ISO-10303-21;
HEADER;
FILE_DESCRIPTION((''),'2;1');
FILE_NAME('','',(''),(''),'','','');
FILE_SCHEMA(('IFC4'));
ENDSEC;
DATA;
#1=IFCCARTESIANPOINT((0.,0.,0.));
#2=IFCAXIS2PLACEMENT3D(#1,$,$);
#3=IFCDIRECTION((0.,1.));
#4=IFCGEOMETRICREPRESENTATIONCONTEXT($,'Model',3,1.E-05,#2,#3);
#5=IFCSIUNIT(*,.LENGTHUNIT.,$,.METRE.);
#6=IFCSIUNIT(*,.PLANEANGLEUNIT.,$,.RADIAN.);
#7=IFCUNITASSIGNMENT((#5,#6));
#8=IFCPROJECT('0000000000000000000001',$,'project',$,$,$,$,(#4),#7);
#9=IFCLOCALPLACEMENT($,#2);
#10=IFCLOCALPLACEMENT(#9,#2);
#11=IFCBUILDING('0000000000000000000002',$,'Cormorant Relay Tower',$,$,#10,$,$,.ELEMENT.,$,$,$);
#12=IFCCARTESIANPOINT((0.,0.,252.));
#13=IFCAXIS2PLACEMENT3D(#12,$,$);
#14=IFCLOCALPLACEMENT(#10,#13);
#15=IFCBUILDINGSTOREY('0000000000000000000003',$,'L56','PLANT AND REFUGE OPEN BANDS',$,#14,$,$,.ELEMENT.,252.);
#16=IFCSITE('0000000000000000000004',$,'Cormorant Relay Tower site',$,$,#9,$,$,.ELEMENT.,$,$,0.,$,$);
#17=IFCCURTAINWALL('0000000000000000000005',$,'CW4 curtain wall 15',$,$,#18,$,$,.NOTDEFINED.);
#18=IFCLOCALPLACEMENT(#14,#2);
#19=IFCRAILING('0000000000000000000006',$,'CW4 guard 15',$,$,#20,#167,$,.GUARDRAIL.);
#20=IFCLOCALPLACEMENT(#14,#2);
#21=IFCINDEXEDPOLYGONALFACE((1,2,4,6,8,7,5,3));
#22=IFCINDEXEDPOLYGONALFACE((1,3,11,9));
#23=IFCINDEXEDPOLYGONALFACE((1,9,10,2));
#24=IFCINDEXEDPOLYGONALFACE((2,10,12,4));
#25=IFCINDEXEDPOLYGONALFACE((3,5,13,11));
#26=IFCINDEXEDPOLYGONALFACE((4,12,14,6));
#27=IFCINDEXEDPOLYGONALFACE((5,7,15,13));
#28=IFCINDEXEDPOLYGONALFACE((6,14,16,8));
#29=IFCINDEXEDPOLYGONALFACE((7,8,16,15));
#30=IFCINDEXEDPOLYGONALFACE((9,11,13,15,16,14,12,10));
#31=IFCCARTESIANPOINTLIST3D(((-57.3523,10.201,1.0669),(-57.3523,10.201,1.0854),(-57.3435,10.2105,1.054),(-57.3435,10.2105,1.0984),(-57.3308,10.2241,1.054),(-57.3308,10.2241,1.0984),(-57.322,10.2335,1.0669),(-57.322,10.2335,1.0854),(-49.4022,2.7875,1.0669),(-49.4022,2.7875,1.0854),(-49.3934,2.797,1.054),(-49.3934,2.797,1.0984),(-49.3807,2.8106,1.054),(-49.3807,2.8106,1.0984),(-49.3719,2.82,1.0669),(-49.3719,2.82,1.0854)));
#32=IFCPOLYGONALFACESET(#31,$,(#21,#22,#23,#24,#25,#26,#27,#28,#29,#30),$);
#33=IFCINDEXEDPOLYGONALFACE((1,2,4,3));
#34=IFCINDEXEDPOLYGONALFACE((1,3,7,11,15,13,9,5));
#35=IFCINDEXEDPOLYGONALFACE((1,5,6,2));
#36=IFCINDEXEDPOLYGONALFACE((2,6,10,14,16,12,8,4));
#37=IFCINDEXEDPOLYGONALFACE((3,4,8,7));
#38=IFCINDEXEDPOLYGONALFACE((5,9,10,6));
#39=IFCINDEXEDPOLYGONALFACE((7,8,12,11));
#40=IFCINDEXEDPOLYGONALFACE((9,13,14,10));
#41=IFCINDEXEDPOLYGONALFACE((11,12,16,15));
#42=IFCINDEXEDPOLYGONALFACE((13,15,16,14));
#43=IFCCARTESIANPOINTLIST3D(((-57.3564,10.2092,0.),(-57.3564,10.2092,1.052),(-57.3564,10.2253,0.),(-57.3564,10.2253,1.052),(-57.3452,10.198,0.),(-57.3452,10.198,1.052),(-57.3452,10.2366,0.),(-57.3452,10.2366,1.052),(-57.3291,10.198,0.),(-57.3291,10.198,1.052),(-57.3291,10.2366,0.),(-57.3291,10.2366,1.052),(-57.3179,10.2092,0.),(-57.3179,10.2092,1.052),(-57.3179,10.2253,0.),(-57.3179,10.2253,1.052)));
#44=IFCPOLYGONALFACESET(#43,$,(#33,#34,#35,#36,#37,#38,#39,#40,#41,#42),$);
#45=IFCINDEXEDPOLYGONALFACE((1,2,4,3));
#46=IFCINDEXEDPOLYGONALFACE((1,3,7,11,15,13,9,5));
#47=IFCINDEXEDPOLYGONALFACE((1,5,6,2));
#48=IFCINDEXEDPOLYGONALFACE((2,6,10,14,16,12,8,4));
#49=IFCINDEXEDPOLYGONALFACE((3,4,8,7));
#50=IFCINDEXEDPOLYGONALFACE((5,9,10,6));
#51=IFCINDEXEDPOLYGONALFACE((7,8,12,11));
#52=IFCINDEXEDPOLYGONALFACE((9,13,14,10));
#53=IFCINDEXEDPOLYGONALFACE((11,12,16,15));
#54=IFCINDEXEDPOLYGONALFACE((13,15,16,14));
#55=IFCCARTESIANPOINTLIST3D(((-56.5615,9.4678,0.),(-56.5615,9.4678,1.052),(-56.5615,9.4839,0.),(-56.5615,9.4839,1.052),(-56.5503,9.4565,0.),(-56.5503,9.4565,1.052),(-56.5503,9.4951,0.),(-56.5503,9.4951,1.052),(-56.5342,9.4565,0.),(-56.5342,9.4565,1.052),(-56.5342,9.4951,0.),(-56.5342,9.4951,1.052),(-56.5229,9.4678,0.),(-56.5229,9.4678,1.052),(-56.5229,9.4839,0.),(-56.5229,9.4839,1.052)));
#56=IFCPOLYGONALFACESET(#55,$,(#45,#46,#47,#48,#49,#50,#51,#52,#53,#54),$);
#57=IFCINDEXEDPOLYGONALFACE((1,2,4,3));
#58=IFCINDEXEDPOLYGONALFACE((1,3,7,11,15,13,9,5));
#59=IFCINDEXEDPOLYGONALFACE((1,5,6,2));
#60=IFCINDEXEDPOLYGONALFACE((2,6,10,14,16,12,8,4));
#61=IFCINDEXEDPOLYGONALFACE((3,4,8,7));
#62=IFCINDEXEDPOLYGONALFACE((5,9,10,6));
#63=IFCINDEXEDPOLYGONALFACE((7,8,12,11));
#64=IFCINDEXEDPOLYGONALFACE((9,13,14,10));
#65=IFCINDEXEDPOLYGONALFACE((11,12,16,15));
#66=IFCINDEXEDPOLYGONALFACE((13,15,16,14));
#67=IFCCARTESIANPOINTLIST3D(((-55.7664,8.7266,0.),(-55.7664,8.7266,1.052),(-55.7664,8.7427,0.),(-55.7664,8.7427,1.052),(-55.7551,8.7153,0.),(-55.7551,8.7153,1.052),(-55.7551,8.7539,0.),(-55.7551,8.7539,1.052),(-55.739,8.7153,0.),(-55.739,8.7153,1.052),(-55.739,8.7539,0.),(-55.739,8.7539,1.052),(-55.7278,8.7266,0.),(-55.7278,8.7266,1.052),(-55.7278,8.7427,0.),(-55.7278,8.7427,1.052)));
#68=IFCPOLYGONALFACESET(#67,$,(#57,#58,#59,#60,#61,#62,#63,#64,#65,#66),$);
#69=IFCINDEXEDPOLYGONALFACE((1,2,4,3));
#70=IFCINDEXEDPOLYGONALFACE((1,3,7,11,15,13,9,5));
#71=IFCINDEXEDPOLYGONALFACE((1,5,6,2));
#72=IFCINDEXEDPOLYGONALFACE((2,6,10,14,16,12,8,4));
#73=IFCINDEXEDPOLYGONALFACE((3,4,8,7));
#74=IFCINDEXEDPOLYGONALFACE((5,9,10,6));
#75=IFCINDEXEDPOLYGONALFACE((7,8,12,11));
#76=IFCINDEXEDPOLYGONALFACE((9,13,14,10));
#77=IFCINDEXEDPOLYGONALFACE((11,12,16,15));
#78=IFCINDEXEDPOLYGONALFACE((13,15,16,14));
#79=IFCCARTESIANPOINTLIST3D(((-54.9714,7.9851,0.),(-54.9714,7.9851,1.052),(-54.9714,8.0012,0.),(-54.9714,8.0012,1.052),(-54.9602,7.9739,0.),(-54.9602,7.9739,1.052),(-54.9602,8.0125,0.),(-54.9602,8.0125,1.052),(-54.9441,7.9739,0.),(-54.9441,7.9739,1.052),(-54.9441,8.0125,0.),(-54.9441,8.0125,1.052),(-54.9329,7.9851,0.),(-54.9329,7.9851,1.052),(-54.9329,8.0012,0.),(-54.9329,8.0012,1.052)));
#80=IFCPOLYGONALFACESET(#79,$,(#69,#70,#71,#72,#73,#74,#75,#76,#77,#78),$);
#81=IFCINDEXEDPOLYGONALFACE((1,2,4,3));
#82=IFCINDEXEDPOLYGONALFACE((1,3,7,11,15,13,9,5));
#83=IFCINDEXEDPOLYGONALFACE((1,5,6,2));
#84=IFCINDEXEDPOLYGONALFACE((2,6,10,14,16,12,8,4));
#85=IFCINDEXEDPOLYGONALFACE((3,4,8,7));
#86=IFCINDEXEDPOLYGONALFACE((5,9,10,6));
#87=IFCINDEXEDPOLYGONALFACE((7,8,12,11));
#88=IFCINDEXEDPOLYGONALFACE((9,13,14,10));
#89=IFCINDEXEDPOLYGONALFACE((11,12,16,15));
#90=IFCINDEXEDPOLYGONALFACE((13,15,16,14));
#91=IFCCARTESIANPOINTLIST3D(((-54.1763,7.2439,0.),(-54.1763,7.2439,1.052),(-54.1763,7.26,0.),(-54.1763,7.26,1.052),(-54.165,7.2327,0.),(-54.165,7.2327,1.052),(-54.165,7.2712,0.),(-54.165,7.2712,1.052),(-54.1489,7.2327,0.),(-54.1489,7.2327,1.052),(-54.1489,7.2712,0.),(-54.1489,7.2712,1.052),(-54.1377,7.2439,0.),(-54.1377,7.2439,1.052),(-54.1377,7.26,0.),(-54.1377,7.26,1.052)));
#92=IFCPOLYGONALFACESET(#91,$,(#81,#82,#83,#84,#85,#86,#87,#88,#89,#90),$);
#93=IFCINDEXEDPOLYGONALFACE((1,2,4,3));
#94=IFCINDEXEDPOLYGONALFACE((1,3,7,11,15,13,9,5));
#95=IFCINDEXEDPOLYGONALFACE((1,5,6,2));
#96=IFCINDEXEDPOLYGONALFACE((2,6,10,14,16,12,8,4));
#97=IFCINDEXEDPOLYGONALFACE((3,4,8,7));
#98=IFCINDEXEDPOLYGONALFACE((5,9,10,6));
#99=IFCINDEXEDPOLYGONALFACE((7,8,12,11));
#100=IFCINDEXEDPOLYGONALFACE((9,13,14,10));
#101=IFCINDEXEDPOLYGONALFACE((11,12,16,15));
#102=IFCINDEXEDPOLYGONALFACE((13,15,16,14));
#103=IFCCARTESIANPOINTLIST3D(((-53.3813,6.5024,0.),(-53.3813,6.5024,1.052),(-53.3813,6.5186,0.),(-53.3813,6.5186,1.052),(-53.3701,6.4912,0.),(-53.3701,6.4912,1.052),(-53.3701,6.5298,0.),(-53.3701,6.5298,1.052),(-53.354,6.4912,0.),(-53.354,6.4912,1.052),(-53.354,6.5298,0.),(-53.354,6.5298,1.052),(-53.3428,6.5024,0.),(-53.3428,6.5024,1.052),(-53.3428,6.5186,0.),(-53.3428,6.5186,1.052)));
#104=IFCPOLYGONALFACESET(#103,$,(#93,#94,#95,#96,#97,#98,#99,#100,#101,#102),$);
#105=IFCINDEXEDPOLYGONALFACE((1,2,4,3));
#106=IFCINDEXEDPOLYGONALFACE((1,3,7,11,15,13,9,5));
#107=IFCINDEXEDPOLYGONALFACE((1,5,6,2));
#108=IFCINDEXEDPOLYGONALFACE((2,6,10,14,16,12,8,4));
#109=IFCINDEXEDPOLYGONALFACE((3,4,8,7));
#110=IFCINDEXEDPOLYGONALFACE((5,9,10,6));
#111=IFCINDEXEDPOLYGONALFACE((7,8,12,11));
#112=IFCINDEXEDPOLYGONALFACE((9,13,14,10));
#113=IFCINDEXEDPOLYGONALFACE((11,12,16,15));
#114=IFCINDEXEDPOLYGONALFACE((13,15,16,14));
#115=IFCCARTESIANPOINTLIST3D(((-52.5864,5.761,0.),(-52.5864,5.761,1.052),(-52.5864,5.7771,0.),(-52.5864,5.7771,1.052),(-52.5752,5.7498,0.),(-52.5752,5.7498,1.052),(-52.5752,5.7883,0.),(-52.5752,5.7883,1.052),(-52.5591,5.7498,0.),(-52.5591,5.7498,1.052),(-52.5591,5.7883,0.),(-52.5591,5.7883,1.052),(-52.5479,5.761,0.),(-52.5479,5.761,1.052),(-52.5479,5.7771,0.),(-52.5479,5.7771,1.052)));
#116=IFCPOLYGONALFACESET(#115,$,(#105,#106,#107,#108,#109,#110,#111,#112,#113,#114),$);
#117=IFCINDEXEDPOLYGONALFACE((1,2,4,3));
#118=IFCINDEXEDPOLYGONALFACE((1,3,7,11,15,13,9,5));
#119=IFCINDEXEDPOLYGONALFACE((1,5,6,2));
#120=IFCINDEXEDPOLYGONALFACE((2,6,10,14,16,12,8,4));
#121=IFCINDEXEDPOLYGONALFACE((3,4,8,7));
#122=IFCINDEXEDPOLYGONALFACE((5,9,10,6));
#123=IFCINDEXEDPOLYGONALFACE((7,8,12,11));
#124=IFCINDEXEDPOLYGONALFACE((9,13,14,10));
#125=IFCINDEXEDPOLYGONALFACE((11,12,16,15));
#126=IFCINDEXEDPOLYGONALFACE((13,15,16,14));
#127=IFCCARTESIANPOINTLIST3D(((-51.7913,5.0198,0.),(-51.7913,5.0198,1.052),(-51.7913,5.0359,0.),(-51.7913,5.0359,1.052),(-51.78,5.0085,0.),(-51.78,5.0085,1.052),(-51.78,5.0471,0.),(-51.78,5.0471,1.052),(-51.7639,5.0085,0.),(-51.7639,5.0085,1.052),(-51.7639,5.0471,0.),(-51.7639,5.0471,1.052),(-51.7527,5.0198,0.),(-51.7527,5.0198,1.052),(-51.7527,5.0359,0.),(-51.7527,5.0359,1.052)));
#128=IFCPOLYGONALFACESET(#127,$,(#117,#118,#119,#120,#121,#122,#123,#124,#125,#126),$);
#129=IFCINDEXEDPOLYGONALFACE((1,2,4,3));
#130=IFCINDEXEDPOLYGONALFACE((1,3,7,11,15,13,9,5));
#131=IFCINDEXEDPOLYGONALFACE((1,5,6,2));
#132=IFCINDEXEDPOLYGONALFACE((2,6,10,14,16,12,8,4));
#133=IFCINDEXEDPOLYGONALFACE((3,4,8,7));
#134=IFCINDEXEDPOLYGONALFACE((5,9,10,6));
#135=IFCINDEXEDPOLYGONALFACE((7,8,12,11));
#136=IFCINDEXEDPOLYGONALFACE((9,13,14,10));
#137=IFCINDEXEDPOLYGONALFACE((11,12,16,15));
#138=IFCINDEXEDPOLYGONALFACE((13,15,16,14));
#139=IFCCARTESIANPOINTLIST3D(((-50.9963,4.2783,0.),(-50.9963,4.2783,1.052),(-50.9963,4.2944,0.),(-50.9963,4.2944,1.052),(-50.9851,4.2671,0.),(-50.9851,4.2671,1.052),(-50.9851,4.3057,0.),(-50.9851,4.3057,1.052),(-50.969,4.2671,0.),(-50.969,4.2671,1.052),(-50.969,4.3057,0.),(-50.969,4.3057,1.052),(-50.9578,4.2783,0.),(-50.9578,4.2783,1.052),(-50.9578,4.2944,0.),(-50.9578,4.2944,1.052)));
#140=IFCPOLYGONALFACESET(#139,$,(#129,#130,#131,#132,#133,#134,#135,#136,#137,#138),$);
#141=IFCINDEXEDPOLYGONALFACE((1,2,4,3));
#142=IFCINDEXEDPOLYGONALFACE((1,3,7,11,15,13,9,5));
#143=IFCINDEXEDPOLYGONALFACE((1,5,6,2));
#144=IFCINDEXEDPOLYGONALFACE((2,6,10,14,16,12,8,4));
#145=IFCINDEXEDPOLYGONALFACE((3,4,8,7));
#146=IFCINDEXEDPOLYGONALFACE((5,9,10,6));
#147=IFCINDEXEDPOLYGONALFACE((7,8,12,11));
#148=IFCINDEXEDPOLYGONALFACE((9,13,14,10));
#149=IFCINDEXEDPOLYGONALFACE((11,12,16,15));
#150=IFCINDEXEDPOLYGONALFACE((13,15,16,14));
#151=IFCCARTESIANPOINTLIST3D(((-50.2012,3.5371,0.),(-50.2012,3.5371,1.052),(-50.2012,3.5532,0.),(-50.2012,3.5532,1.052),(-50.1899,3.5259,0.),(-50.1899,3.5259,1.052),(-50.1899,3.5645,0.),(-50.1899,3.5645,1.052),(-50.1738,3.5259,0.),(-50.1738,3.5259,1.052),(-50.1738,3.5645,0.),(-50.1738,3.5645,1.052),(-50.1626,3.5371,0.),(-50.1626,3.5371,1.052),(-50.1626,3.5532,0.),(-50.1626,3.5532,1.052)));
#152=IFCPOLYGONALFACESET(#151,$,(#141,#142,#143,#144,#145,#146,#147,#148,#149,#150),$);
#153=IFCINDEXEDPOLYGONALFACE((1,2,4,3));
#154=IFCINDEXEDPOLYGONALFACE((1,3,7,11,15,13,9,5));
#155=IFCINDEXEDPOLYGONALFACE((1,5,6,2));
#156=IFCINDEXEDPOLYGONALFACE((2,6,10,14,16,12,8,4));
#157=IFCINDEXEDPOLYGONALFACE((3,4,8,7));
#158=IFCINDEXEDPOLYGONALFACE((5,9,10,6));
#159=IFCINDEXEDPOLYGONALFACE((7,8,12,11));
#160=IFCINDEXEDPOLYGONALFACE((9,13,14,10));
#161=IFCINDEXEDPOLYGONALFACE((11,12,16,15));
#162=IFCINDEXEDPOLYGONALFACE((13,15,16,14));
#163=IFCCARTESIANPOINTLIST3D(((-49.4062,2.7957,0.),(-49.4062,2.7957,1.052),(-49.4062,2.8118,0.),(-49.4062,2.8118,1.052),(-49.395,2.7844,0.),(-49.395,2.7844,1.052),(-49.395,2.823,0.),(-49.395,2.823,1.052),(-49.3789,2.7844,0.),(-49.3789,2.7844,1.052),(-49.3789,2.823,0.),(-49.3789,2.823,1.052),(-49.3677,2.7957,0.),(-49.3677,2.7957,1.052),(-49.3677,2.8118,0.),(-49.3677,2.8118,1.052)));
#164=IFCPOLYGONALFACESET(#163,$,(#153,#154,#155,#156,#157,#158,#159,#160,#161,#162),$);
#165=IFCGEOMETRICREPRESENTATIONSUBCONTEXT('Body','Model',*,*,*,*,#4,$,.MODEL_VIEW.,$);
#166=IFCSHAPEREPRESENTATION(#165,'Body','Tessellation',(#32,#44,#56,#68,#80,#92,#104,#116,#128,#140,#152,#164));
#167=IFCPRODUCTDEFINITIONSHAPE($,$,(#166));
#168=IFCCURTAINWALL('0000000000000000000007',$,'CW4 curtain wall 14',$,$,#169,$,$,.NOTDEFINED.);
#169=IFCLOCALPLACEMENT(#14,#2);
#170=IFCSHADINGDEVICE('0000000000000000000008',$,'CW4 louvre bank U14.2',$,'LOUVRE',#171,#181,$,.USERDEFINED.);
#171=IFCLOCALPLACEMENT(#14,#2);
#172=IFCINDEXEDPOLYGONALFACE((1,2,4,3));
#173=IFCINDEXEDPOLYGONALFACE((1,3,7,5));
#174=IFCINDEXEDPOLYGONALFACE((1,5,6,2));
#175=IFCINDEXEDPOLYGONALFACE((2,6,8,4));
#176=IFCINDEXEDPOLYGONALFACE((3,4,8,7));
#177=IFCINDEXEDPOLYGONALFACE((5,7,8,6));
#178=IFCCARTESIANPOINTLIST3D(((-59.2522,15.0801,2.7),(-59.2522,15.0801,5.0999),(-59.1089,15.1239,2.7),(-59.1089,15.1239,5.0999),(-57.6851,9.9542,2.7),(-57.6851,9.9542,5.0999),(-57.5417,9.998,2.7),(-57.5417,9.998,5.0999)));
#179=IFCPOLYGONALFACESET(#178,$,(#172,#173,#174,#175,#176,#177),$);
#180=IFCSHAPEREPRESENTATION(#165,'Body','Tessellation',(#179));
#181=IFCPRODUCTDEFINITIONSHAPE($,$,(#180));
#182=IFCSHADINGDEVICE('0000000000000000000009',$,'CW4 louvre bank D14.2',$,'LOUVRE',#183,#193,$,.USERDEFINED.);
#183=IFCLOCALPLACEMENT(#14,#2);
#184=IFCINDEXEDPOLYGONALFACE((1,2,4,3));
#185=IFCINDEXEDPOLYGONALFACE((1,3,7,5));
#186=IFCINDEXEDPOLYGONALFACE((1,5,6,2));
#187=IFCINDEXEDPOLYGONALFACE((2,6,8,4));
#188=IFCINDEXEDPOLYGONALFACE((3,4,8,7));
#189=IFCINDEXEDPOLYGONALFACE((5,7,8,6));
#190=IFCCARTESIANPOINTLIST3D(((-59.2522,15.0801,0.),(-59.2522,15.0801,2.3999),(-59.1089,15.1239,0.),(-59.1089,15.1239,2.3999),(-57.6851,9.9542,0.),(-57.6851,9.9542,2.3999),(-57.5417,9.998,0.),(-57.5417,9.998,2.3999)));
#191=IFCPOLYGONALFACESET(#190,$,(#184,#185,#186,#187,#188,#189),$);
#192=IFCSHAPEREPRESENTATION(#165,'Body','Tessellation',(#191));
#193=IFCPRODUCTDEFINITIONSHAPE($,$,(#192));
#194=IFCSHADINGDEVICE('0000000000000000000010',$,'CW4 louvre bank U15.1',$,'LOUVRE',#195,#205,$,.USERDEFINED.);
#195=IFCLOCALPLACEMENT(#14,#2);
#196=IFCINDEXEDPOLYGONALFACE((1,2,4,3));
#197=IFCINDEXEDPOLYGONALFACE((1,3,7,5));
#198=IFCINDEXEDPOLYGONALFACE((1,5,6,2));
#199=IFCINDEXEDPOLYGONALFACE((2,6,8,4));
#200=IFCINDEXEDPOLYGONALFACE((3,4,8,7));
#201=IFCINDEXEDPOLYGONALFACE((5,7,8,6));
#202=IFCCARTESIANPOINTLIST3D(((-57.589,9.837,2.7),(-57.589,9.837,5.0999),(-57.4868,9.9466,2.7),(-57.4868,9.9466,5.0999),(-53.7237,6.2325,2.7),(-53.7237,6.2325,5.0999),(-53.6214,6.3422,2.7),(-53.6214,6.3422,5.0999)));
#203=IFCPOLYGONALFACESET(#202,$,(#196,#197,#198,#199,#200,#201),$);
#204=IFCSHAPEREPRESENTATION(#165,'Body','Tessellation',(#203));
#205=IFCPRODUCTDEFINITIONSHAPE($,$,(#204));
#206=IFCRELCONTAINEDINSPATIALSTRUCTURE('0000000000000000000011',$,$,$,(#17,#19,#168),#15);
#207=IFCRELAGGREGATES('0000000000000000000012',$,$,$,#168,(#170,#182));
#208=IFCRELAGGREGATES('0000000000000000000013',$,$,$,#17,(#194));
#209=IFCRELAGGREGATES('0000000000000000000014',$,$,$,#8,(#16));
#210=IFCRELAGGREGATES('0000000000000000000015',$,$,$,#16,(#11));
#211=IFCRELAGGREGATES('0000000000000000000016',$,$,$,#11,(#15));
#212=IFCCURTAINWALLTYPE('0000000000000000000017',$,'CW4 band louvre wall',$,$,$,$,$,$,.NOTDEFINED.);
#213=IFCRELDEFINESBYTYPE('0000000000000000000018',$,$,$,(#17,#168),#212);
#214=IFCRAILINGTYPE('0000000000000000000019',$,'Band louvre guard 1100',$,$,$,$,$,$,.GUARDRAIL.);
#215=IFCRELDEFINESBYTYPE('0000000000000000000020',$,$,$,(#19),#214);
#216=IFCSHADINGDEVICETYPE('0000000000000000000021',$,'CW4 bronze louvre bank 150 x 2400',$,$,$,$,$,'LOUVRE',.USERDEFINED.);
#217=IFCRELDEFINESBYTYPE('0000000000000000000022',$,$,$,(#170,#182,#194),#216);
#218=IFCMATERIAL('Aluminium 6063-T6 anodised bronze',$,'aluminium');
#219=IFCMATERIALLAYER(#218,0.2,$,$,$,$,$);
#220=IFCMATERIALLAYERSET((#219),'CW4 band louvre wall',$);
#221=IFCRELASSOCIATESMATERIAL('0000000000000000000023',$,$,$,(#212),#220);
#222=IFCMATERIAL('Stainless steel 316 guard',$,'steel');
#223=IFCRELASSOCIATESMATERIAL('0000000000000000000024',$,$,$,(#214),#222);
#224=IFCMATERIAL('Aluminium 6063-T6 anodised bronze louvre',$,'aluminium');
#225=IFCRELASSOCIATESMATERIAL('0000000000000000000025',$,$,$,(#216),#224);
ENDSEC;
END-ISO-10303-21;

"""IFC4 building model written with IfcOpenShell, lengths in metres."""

from ifc_helpers import new_model, si_unit, direction, frame, origin, origin_2d, place, context, subcontext, project, spatial, polyline, rectangle, outline, extrude, material, layer, layer_set, type_object, element, aggregate, save


model = new_model("IFC4")

# Units and contexts
model_context = context("Model", 3, precision=1e-05, world=origin(), true_north=direction((0.0, 1.0)))
body_context = subcontext(model_context, "Body", "Model", "MODEL_VIEW")
ifc_project = project(units=[si_unit("LENGTHUNIT", "METRE"), si_unit("PLANEANGLEUNIT", "RADIAN")], contexts=[model_context])

# Site, building, storey
site_placement = place(None, origin())
site = spatial("IfcSite", under=ifc_project, at=site_placement, Name="Cormorant Relay Tower site", CompositionType="ELEMENT", RefElevation=0.0)
building_placement = place(site_placement, origin())
building = spatial("IfcBuilding", under=site, at=building_placement, Name="Cormorant Relay Tower", CompositionType="ELEMENT")
storey_placement = place(building_placement, frame((0.0, 0.0, 252.0)))
storey = spatial("IfcBuildingStorey", under=building, at=storey_placement, Name="L56", Description="PLANT AND REFUGE OPEN BANDS", CompositionType="ELEMENT", Elevation=252.0)

# Curtain wall
ifc_material_1 = material(Name="Aluminium 6063-T6 anodised bronze", Category="aluminium")
ifc_layer_1 = layer(ifc_material_1, 0.2)
ifc_layer_set_1 = layer_set([ifc_layer_1], Name="CW4 band louvre wall")
curtain_wall_type = type_object("IfcCurtainWallType", Name="CW4 band louvre wall", PredefinedType="NOTDEFINED", material=ifc_layer_set_1)
curtain_wall_1_placement = place(storey_placement, origin())
curtain_wall_1 = element("IfcCurtainWall", 1, at=curtain_wall_1_placement, inside=storey, type_object=curtain_wall_type, Name="CW4 curtain wall 15", PredefinedType="NOTDEFINED")

# Railing
ifc_material_2 = material(Name="Stainless steel 316 guard", Category="steel")
railing_type_1 = type_object("IfcRailingType", Name="Band louvre guard 1100", PredefinedType="GUARDRAIL", material=ifc_material_2)
railing_1_placement = place(storey_placement, frame((-57.3372, 10.2173, 0.0)))
element("IfcRailing", 2, at=railing_1_placement, inside=storey, type_object=railing_type_1, Name="CW4 guard 15", PredefinedType="GUARDRAIL", context=body_context, shape_type="SweptSolid", body=[
    extrude(outline(polyline([(0.0222, 0.0093), (0.0093, 0.0222), (-0.0093, 0.0222), (-0.0222, 0.0093), (-0.0222, -0.0093), (-0.0093, -0.0222), (0.0093, -0.0222), (0.0222, -0.0093), (0.0222, 0.0093)])), frame((0.0, 0.0, 1.0762), z_axis=(0.731358, -0.681993, 0.0), x_axis=(0.681993, 0.731358, 0.0)), (0.0, 0.0, 1.0), 10.8704),
    extrude(outline(polyline([(0.0193, 0.0081), (0.0081, 0.0193), (-0.0081, 0.0193), (-0.0193, 0.0081), (-0.0193, -0.0081), (-0.0081, -0.0193), (0.0081, -0.0193), (0.0193, -0.0081), (0.0193, 0.0081)])), origin(), (0.0, 0.0, 1.0), 1.052),
    extrude(outline(polyline([(0.0193, 0.0081), (0.0081, 0.0193), (-0.0081, 0.0193), (-0.0193, 0.0081), (-0.0193, -0.0081), (-0.0081, -0.0193), (0.0081, -0.0193), (0.0193, -0.0081), (0.0193, 0.0081)])), frame((0.7949, -0.7415, 0.0)), (0.0, 0.0, 1.0), 1.052),
    extrude(outline(polyline([(0.0193, 0.0081), (0.0081, 0.0193), (-0.0081, 0.0193), (-0.0193, 0.0081), (-0.0193, -0.0081), (-0.0081, -0.0193), (0.0081, -0.0193), (0.0193, -0.0081), (0.0193, 0.0081)])), frame((1.5901, -1.4827, 0.0)), (0.0, 0.0, 1.0), 1.052),
    extrude(outline(polyline([(0.0193, 0.0081), (0.0081, 0.0193), (-0.0081, 0.0193), (-0.0193, 0.0081), (-0.0193, -0.0081), (-0.0081, -0.0193), (0.0081, -0.0193), (0.0193, -0.0081), (0.0193, 0.0081)])), frame((2.385, -2.2241, 0.0)), (0.0, 0.0, 1.0), 1.052),
    extrude(outline(polyline([(0.0193, 0.0081), (0.0081, 0.0193), (-0.0081, 0.0193), (-0.0193, 0.0081), (-0.0193, -0.0081), (-0.0081, -0.0193), (0.0081, -0.0193), (0.0193, -0.0081), (0.0193, 0.0081)])), frame((3.1802, -2.9653, 0.0)), (0.0, 0.0, 1.0), 1.052),
    extrude(outline(polyline([(0.0193, 0.0081), (0.0081, 0.0193), (-0.0081, 0.0193), (-0.0193, 0.0081), (-0.0193, -0.0081), (-0.0081, -0.0193), (0.0081, -0.0193), (0.0193, -0.0081), (0.0193, 0.0081)])), frame((3.9751, -3.7068, 0.0)), (0.0, 0.0, 1.0), 1.052),
    extrude(outline(polyline([(0.0193, 0.0081), (0.0081, 0.0193), (-0.0081, 0.0193), (-0.0193, 0.0081), (-0.0193, -0.0081), (-0.0081, -0.0193), (0.0081, -0.0193), (0.0193, -0.0081), (0.0193, 0.0081)])), frame((4.77, -4.4482, 0.0)), (0.0, 0.0, 1.0), 1.052),
    extrude(outline(polyline([(0.0193, 0.0081), (0.0081, 0.0193), (-0.0081, 0.0193), (-0.0193, 0.0081), (-0.0193, -0.0081), (-0.0081, -0.0193), (0.0081, -0.0193), (0.0193, -0.0081), (0.0193, 0.0081)])), frame((5.5652, -5.1895, 0.0)), (0.0, 0.0, 1.0), 1.052),
    extrude(outline(polyline([(0.0193, 0.0081), (0.0081, 0.0193), (-0.0081, 0.0193), (-0.0193, 0.0081), (-0.0193, -0.0081), (-0.0081, -0.0193), (0.0081, -0.0193), (0.0193, -0.0081), (0.0193, 0.0081)])), frame((6.3601, -5.9309, 0.0)), (0.0, 0.0, 1.0), 1.052),
    extrude(outline(polyline([(0.0193, 0.0081), (0.0081, 0.0193), (-0.0081, 0.0193), (-0.0193, 0.0081), (-0.0193, -0.0081), (-0.0081, -0.0193), (0.0081, -0.0193), (0.0193, -0.0081), (0.0193, 0.0081)])), frame((7.1553, -6.6721, 0.0)), (0.0, 0.0, 1.0), 1.052),
    extrude(outline(polyline([(0.0193, 0.0081), (0.0081, 0.0193), (-0.0081, 0.0193), (-0.0193, 0.0081), (-0.0193, -0.0081), (-0.0081, -0.0193), (0.0081, -0.0193), (0.0193, -0.0081), (0.0193, 0.0081)])), frame((7.9502, -7.4136, 0.0)), (0.0, 0.0, 1.0), 1.052),
])

# Curtain wall, shading devices
curtain_wall_2_placement = place(storey_placement, origin())
curtain_wall_2 = element("IfcCurtainWall", 3, at=curtain_wall_2_placement, inside=storey, type_object=curtain_wall_type, Name="CW4 curtain wall 14", PredefinedType="NOTDEFINED")
ifc_material_3 = material(Name="Aluminium 6063-T6 anodised bronze louvre", Category="aluminium")
shading_device_type = type_object("IfcShadingDeviceType", Name="CW4 bronze louvre bank 150 x 2400", ElementType="LOUVRE", PredefinedType="USERDEFINED", material=ifc_material_3)
shading_device_1_placement = place(storey_placement, frame((-58.397, 12.5391, 2.7), z_axis=(0.0, 0.0, 1.0), x_axis=(0.292372, -0.956305, 0.0)))
shading_device_1 = element("IfcShadingDevice", 4, at=shading_device_1_placement, type_object=shading_device_type, Name="CW4 louvre bank U14.2", ObjectType="LOUVRE", PredefinedType="USERDEFINED", context=body_context, shape_type="SweptSolid", body=[
    extrude(rectangle(XDim=5.3601, YDim=0.1499, at=origin_2d()), origin(), (0.0, 0.0, 1.0), 2.3999),
])
shading_device_2_placement = place(storey_placement, frame((-58.397, 12.5391, 0.0), z_axis=(0.0, 0.0, 1.0), x_axis=(0.292372, -0.956305, 0.0)))
shading_device_2 = element("IfcShadingDevice", 5, at=shading_device_2_placement, type_object=shading_device_type, Name="CW4 louvre bank D14.2", ObjectType="LOUVRE", PredefinedType="USERDEFINED", context=body_context, shape_type="SweptSolid", body=[
    extrude(rectangle(XDim=5.3601, YDim=0.1499, at=origin_2d()), origin(), (0.0, 0.0, 1.0), 2.3999),
])
aggregate(curtain_wall_2, [shading_device_1, shading_device_2])

# Shading device
shading_device_3_placement = place(storey_placement, frame((-55.6052, 8.0896, 2.7), z_axis=(0.0, 0.0, 1.0), x_axis=(0.731354, -0.681998, 0.0)))
shading_device_3 = element("IfcShadingDevice", 6, at=shading_device_3_placement, type_object=shading_device_type, Name="CW4 louvre bank U15.1", ObjectType="LOUVRE", PredefinedType="USERDEFINED", context=body_context, shape_type="SweptSolid", body=[
    extrude(rectangle(XDim=5.2852, YDim=0.1499, at=origin_2d()), origin(), (0.0, 0.0, 1.0), 2.3999),
])
aggregate(curtain_wall_1, [shading_device_3])

save(model, "model.ifc")
